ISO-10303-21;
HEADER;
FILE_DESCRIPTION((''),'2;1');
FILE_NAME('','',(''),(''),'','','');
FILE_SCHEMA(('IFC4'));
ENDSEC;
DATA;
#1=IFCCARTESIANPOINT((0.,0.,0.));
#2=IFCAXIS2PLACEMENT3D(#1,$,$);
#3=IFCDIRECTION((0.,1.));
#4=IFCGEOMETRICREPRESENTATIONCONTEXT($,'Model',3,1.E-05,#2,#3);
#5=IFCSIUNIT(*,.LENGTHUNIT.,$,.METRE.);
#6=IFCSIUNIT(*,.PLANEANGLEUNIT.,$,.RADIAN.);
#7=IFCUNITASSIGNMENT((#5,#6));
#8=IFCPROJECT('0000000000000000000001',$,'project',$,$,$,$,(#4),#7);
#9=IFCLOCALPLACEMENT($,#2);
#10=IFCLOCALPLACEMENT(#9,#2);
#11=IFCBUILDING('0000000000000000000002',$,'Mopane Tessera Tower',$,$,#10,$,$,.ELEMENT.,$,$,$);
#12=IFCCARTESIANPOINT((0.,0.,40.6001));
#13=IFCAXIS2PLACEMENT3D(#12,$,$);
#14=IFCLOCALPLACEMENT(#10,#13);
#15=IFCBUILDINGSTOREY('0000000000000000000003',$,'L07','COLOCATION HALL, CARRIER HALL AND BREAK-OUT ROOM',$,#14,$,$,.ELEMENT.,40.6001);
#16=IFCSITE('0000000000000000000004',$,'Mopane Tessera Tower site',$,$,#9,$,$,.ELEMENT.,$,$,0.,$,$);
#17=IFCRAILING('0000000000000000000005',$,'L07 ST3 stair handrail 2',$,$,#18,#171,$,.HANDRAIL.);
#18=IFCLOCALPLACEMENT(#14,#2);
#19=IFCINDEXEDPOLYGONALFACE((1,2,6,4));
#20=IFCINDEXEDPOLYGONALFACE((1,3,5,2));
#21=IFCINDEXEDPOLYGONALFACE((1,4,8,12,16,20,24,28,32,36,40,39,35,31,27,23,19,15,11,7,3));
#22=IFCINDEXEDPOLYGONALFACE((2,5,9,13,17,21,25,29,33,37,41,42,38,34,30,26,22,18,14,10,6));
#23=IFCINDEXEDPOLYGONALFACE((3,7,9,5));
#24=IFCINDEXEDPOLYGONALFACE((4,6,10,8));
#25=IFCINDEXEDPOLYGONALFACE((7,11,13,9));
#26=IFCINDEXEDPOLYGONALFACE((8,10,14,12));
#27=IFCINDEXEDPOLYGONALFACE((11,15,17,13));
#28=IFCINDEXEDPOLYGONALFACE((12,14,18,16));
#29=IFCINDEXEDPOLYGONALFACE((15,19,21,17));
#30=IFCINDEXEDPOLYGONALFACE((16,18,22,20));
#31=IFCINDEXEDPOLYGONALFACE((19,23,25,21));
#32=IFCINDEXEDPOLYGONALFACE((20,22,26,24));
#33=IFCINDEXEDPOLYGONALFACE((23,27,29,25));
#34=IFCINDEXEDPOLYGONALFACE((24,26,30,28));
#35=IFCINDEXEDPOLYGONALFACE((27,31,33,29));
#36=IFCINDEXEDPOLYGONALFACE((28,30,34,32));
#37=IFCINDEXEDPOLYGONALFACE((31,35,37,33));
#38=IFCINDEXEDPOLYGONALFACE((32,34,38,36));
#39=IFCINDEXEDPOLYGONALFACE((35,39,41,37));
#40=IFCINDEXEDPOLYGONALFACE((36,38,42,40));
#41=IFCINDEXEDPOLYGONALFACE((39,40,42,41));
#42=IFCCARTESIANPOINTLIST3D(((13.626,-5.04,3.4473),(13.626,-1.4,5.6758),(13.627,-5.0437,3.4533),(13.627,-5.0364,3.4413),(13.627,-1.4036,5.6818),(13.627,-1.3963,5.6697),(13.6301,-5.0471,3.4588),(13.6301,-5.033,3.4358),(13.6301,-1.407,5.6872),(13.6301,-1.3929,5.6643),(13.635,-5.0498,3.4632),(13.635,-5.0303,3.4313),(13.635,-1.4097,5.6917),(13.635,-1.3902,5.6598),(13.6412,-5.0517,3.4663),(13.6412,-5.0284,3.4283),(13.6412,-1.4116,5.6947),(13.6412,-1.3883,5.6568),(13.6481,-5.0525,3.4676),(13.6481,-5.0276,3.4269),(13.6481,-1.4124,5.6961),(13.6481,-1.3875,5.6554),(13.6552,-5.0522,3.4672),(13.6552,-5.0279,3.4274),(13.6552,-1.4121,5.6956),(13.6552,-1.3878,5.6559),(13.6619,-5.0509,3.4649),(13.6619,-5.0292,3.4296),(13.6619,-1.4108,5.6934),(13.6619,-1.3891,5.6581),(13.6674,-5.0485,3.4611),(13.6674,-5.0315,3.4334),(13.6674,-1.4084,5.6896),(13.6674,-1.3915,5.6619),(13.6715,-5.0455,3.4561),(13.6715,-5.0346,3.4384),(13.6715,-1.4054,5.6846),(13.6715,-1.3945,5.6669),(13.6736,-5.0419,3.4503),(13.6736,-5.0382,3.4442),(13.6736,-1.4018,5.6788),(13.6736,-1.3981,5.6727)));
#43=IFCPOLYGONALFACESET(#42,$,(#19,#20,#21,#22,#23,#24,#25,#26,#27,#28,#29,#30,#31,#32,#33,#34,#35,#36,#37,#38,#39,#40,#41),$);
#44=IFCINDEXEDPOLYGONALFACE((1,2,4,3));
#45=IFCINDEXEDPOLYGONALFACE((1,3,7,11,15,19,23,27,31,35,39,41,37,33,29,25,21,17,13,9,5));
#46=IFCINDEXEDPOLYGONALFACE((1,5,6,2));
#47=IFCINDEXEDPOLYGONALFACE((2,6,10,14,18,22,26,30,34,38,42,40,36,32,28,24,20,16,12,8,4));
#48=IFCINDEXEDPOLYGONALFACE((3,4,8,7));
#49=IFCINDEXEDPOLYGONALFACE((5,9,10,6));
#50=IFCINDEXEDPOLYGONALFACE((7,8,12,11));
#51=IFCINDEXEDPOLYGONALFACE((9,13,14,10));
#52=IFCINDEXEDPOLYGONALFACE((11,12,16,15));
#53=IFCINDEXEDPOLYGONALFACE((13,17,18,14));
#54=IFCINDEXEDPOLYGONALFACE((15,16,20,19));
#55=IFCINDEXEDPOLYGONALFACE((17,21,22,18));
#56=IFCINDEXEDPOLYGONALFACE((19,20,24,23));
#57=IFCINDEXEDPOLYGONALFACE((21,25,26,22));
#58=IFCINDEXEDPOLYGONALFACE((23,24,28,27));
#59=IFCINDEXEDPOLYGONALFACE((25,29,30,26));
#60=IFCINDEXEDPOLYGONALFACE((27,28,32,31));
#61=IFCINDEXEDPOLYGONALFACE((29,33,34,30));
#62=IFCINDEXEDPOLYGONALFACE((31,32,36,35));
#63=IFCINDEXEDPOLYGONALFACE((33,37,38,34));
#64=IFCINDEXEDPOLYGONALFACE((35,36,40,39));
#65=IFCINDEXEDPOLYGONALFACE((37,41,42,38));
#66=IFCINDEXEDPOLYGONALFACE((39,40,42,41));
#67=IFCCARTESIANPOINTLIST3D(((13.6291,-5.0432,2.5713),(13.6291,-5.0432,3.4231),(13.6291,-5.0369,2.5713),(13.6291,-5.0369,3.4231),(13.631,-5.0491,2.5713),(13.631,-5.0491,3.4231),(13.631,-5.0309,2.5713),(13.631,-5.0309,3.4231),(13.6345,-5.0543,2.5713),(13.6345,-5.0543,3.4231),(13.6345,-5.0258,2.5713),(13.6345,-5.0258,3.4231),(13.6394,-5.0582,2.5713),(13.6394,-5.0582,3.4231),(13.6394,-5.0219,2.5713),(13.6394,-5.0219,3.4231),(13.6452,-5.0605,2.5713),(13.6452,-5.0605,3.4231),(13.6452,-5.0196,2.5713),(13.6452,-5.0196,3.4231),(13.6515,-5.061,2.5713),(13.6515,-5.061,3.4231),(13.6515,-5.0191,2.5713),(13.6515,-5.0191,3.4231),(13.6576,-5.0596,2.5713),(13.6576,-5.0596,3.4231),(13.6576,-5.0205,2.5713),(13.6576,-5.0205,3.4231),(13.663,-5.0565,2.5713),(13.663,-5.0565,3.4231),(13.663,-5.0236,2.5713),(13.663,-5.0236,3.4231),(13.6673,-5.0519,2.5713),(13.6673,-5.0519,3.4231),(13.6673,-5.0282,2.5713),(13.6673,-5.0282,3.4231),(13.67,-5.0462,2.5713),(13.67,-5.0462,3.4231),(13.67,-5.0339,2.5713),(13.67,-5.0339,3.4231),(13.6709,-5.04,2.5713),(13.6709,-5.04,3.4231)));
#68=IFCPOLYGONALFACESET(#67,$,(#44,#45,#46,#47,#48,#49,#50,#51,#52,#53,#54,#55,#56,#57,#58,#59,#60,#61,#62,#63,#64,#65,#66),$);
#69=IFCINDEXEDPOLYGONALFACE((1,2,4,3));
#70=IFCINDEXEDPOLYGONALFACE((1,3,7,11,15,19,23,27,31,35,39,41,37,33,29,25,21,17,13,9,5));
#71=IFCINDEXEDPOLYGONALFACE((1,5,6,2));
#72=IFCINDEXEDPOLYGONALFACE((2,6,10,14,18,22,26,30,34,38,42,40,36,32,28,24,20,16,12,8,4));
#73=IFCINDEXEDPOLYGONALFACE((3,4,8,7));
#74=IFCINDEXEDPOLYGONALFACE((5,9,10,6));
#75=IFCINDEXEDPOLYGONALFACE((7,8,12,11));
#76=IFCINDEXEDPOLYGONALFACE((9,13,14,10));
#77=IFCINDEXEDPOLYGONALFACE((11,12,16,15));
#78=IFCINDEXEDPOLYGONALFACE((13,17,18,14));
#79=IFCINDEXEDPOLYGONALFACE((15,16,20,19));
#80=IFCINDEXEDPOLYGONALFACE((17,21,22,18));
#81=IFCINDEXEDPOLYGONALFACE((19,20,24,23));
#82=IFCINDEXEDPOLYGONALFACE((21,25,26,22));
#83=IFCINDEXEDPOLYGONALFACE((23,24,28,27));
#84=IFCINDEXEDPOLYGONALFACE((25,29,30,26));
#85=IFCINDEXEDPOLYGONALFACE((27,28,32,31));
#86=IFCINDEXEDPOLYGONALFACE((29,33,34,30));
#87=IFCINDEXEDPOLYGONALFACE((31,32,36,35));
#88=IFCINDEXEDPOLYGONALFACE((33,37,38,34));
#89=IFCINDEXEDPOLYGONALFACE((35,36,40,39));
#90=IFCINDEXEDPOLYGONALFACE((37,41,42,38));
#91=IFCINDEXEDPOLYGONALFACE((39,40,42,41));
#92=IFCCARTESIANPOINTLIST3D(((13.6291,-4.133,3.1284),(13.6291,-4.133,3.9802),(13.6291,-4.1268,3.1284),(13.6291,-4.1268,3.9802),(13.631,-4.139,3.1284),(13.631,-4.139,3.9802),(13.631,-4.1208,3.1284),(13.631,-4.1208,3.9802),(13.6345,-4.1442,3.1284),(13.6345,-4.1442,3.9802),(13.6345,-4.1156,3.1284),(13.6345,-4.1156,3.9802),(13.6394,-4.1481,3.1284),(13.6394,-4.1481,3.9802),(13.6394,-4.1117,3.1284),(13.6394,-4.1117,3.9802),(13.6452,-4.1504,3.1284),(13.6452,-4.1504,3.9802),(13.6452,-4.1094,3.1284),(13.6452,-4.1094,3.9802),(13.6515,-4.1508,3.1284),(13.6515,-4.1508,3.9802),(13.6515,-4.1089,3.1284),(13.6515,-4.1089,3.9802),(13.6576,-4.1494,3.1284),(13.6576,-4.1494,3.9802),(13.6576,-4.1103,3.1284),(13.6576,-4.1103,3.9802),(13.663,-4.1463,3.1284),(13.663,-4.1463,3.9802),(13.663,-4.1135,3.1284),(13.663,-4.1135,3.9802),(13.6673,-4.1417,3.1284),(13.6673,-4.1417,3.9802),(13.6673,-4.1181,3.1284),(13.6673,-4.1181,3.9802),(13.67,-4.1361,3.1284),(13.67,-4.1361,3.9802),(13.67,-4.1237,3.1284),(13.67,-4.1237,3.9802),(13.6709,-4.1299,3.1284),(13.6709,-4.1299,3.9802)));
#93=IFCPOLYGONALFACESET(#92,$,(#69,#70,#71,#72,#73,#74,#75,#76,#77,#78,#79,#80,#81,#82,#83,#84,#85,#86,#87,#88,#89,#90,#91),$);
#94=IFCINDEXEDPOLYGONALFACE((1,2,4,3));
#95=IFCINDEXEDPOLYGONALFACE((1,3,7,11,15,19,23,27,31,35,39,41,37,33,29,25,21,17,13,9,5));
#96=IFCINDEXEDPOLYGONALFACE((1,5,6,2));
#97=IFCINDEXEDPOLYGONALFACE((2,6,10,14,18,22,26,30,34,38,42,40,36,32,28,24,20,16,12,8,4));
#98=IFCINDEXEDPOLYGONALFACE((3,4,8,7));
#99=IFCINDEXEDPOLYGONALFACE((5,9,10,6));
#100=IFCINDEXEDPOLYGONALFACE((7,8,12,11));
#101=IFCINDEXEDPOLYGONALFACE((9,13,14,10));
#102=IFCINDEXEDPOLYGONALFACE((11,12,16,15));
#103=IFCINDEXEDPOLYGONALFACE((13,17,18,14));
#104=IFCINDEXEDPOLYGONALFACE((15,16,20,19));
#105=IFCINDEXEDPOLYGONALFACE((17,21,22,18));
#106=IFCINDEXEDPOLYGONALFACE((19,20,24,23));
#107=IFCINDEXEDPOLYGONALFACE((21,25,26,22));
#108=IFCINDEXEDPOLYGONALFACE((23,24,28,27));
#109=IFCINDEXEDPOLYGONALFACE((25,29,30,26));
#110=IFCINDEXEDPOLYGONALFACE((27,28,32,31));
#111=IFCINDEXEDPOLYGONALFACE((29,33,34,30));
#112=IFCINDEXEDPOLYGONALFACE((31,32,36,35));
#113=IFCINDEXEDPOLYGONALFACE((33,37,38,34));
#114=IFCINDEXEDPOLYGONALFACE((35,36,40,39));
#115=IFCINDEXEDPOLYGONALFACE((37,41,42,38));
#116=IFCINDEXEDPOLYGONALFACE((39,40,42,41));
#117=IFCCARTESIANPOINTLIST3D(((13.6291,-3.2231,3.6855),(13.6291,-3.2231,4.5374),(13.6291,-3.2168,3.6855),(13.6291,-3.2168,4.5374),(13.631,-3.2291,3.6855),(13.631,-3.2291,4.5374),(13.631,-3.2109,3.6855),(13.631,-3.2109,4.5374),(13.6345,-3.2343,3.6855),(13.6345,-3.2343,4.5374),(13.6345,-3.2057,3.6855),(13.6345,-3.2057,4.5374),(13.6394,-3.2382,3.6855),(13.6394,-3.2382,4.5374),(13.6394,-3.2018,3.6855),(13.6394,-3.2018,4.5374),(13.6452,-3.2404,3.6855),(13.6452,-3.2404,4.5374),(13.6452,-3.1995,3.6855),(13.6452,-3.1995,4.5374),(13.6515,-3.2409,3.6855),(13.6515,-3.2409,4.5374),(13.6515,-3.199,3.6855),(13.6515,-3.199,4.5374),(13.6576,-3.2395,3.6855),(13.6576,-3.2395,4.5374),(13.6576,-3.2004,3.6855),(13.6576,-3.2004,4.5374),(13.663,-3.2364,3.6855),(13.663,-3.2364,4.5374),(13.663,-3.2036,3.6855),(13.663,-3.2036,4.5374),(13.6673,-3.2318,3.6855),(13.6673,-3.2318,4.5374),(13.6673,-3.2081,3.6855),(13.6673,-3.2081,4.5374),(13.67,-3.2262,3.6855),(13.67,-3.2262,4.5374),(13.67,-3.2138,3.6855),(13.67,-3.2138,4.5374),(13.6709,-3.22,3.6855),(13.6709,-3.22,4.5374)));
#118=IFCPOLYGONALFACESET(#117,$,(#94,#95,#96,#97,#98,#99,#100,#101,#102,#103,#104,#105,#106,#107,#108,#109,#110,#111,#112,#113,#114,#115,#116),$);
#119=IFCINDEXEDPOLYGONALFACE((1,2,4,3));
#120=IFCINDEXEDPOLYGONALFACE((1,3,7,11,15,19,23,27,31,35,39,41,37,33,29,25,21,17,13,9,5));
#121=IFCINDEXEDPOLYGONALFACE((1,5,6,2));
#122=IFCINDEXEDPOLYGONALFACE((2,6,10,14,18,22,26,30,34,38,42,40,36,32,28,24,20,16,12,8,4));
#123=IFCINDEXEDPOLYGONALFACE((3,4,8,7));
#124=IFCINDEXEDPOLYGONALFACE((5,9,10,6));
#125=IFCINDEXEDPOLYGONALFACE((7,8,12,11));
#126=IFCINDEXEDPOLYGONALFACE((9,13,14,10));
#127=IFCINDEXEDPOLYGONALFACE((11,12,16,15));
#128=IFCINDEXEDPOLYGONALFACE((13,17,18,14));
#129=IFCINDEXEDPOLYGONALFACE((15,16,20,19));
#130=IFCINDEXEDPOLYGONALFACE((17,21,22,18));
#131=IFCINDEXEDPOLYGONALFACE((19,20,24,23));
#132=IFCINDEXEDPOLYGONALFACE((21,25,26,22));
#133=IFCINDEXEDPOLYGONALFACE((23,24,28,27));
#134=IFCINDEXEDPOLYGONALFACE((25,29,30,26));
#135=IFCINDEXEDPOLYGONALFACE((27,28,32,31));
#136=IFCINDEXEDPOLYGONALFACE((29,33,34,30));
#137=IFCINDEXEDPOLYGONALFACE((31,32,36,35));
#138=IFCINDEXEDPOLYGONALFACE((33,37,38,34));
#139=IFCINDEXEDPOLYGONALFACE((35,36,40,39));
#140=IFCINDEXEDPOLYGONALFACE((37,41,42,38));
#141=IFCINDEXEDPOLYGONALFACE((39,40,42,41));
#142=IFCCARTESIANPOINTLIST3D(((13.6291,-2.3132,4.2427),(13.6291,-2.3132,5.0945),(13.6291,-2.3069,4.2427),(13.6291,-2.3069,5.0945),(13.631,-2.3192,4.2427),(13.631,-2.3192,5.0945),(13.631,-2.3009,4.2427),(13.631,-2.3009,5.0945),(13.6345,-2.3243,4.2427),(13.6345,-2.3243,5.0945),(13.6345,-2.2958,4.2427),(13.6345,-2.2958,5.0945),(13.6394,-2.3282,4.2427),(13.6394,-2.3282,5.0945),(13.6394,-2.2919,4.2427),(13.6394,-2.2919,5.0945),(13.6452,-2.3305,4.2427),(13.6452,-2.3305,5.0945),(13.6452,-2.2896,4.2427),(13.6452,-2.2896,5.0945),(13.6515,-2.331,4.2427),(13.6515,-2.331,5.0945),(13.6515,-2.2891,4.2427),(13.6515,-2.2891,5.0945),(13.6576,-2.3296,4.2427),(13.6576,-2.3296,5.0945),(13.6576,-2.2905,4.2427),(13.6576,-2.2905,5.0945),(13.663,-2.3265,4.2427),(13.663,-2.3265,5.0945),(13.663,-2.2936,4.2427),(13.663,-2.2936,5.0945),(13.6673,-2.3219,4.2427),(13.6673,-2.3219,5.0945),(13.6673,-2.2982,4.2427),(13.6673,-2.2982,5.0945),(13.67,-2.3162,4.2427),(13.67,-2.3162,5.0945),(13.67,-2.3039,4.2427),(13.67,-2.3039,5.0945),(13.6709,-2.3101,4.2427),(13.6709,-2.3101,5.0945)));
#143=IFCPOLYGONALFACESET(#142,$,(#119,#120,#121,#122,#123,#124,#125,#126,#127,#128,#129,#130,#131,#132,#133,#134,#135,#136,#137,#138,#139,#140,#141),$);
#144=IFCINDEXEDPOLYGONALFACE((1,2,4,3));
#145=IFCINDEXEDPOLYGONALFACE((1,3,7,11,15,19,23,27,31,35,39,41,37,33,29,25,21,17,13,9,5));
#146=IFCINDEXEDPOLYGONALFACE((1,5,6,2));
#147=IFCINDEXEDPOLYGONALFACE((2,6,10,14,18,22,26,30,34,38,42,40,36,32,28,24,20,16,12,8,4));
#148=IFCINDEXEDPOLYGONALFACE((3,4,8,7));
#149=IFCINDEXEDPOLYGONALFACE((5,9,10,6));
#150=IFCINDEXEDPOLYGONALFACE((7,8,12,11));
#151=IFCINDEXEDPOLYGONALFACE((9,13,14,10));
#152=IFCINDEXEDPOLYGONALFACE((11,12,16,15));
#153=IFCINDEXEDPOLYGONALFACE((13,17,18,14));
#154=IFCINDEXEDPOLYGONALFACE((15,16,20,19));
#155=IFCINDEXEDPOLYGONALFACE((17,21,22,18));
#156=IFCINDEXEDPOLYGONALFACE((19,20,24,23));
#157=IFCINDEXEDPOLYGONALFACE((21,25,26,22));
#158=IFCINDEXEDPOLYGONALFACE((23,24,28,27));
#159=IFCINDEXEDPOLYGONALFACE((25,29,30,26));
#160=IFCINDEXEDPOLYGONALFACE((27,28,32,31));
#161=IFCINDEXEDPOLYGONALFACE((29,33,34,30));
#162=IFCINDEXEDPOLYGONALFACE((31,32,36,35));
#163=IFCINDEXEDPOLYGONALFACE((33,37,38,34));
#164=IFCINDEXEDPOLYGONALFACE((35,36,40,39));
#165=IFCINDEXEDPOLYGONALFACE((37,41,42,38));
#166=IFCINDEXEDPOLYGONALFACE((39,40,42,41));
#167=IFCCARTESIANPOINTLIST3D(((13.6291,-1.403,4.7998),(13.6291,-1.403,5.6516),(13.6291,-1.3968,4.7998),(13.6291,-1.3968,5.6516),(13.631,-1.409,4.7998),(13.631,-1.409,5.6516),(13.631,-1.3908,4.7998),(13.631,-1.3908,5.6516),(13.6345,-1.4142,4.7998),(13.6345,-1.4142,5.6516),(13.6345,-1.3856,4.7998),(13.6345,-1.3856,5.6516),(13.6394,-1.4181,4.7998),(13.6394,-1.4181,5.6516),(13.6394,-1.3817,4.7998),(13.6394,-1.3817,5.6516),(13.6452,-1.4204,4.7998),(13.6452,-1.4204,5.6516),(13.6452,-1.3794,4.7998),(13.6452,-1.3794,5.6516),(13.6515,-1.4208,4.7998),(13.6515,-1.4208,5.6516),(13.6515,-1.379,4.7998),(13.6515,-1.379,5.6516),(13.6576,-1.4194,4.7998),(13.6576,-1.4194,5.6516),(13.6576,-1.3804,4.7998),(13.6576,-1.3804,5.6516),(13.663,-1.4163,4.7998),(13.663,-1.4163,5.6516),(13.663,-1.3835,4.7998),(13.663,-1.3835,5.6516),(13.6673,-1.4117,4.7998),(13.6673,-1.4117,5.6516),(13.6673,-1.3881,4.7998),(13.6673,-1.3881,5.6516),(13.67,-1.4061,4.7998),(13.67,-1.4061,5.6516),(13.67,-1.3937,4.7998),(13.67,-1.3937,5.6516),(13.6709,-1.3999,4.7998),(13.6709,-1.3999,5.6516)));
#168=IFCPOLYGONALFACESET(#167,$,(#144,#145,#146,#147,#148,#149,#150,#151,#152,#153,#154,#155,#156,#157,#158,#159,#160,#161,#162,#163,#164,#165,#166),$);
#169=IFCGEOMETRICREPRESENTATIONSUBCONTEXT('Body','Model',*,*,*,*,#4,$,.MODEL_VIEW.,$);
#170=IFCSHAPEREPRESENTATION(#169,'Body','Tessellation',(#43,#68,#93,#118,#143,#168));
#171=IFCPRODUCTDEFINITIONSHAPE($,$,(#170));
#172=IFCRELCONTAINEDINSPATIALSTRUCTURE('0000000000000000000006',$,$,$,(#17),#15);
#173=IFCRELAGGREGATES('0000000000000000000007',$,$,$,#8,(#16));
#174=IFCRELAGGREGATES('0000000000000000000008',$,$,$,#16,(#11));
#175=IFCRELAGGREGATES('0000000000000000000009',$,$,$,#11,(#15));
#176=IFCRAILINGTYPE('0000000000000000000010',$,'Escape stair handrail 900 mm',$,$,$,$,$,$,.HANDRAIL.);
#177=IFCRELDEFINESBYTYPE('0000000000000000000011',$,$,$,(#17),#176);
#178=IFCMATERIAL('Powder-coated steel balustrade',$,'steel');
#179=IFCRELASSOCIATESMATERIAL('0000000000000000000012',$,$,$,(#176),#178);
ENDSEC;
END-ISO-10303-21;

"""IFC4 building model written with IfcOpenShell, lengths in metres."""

from ifc_helpers import new_model, si_unit, direction, frame, origin, origin_2d, place, context, subcontext, project, spatial, circle, extrude, material, type_object, element, save


model = new_model("IFC4")

# Units and contexts
model_context = context("Model", 3, precision=1e-05, world=origin(), true_north=direction((0.0, 1.0)))
body_context = subcontext(model_context, "Body", "Model", "MODEL_VIEW")
ifc_project = project(units=[si_unit("LENGTHUNIT", "METRE"), si_unit("PLANEANGLEUNIT", "RADIAN")], contexts=[model_context])

# Site, building, storey
site_placement = place(None, origin())
site = spatial("IfcSite", under=ifc_project, at=site_placement, Name="Mopane Tessera Tower site", CompositionType="ELEMENT", RefElevation=0.0)
building_placement = place(site_placement, origin())
building = spatial("IfcBuilding", under=site, at=building_placement, Name="Mopane Tessera Tower", CompositionType="ELEMENT")
storey_placement = place(building_placement, frame((0.0, 0.0, 40.6001)))
storey = spatial("IfcBuildingStorey", under=building, at=storey_placement, Name="L07", Description="COLOCATION HALL, CARRIER HALL AND BREAK-OUT ROOM", CompositionType="ELEMENT", Elevation=40.6001)

# Railing
ifc_material_1 = material(Name="Powder-coated steel balustrade", Category="steel")
railing_type_1 = type_object("IfcRailingType", Name="Escape stair handrail 900 mm", PredefinedType="HANDRAIL", material=ifc_material_1)
railing_1_placement = place(storey_placement, frame((13.6499, -5.04, 2.5713)))
element("IfcRailing", 1, at=railing_1_placement, inside=storey, type_object=railing_type_1, Name="L07 ST3 stair handrail 2", PredefinedType="HANDRAIL", context=body_context, shape_type="SweptSolid", body=[
    extrude(circle(Radius=0.0239, at=origin_2d()), frame((0.0, 0.0, 0.876), z_axis=(0.0, 0.852866, 0.52213), x_axis=(-1.0, 0.0, 0.0)), (0.0, 0.0, 1.0), 4.2681),
    extrude(circle(Radius=0.021, at=origin_2d()), origin(), (0.0, 0.0, 1.0), 0.8518),
    extrude(circle(Radius=0.021, at=origin_2d()), frame((0.0, 0.9102, 0.5571)), (0.0, 0.0, 1.0), 0.8518),
    extrude(circle(Radius=0.021, at=origin_2d()), frame((0.0, 1.8201, 1.1143)), (0.0, 0.0, 1.0), 0.8518),
    extrude(circle(Radius=0.021, at=origin_2d()), frame((0.0, 2.73, 1.6714)), (0.0, 0.0, 1.0), 0.8518),
    extrude(circle(Radius=0.021, at=origin_2d()), frame((0.0, 3.6401, 2.2285)), (0.0, 0.0, 1.0), 0.8518),
])

save(model, "model.ifc")
